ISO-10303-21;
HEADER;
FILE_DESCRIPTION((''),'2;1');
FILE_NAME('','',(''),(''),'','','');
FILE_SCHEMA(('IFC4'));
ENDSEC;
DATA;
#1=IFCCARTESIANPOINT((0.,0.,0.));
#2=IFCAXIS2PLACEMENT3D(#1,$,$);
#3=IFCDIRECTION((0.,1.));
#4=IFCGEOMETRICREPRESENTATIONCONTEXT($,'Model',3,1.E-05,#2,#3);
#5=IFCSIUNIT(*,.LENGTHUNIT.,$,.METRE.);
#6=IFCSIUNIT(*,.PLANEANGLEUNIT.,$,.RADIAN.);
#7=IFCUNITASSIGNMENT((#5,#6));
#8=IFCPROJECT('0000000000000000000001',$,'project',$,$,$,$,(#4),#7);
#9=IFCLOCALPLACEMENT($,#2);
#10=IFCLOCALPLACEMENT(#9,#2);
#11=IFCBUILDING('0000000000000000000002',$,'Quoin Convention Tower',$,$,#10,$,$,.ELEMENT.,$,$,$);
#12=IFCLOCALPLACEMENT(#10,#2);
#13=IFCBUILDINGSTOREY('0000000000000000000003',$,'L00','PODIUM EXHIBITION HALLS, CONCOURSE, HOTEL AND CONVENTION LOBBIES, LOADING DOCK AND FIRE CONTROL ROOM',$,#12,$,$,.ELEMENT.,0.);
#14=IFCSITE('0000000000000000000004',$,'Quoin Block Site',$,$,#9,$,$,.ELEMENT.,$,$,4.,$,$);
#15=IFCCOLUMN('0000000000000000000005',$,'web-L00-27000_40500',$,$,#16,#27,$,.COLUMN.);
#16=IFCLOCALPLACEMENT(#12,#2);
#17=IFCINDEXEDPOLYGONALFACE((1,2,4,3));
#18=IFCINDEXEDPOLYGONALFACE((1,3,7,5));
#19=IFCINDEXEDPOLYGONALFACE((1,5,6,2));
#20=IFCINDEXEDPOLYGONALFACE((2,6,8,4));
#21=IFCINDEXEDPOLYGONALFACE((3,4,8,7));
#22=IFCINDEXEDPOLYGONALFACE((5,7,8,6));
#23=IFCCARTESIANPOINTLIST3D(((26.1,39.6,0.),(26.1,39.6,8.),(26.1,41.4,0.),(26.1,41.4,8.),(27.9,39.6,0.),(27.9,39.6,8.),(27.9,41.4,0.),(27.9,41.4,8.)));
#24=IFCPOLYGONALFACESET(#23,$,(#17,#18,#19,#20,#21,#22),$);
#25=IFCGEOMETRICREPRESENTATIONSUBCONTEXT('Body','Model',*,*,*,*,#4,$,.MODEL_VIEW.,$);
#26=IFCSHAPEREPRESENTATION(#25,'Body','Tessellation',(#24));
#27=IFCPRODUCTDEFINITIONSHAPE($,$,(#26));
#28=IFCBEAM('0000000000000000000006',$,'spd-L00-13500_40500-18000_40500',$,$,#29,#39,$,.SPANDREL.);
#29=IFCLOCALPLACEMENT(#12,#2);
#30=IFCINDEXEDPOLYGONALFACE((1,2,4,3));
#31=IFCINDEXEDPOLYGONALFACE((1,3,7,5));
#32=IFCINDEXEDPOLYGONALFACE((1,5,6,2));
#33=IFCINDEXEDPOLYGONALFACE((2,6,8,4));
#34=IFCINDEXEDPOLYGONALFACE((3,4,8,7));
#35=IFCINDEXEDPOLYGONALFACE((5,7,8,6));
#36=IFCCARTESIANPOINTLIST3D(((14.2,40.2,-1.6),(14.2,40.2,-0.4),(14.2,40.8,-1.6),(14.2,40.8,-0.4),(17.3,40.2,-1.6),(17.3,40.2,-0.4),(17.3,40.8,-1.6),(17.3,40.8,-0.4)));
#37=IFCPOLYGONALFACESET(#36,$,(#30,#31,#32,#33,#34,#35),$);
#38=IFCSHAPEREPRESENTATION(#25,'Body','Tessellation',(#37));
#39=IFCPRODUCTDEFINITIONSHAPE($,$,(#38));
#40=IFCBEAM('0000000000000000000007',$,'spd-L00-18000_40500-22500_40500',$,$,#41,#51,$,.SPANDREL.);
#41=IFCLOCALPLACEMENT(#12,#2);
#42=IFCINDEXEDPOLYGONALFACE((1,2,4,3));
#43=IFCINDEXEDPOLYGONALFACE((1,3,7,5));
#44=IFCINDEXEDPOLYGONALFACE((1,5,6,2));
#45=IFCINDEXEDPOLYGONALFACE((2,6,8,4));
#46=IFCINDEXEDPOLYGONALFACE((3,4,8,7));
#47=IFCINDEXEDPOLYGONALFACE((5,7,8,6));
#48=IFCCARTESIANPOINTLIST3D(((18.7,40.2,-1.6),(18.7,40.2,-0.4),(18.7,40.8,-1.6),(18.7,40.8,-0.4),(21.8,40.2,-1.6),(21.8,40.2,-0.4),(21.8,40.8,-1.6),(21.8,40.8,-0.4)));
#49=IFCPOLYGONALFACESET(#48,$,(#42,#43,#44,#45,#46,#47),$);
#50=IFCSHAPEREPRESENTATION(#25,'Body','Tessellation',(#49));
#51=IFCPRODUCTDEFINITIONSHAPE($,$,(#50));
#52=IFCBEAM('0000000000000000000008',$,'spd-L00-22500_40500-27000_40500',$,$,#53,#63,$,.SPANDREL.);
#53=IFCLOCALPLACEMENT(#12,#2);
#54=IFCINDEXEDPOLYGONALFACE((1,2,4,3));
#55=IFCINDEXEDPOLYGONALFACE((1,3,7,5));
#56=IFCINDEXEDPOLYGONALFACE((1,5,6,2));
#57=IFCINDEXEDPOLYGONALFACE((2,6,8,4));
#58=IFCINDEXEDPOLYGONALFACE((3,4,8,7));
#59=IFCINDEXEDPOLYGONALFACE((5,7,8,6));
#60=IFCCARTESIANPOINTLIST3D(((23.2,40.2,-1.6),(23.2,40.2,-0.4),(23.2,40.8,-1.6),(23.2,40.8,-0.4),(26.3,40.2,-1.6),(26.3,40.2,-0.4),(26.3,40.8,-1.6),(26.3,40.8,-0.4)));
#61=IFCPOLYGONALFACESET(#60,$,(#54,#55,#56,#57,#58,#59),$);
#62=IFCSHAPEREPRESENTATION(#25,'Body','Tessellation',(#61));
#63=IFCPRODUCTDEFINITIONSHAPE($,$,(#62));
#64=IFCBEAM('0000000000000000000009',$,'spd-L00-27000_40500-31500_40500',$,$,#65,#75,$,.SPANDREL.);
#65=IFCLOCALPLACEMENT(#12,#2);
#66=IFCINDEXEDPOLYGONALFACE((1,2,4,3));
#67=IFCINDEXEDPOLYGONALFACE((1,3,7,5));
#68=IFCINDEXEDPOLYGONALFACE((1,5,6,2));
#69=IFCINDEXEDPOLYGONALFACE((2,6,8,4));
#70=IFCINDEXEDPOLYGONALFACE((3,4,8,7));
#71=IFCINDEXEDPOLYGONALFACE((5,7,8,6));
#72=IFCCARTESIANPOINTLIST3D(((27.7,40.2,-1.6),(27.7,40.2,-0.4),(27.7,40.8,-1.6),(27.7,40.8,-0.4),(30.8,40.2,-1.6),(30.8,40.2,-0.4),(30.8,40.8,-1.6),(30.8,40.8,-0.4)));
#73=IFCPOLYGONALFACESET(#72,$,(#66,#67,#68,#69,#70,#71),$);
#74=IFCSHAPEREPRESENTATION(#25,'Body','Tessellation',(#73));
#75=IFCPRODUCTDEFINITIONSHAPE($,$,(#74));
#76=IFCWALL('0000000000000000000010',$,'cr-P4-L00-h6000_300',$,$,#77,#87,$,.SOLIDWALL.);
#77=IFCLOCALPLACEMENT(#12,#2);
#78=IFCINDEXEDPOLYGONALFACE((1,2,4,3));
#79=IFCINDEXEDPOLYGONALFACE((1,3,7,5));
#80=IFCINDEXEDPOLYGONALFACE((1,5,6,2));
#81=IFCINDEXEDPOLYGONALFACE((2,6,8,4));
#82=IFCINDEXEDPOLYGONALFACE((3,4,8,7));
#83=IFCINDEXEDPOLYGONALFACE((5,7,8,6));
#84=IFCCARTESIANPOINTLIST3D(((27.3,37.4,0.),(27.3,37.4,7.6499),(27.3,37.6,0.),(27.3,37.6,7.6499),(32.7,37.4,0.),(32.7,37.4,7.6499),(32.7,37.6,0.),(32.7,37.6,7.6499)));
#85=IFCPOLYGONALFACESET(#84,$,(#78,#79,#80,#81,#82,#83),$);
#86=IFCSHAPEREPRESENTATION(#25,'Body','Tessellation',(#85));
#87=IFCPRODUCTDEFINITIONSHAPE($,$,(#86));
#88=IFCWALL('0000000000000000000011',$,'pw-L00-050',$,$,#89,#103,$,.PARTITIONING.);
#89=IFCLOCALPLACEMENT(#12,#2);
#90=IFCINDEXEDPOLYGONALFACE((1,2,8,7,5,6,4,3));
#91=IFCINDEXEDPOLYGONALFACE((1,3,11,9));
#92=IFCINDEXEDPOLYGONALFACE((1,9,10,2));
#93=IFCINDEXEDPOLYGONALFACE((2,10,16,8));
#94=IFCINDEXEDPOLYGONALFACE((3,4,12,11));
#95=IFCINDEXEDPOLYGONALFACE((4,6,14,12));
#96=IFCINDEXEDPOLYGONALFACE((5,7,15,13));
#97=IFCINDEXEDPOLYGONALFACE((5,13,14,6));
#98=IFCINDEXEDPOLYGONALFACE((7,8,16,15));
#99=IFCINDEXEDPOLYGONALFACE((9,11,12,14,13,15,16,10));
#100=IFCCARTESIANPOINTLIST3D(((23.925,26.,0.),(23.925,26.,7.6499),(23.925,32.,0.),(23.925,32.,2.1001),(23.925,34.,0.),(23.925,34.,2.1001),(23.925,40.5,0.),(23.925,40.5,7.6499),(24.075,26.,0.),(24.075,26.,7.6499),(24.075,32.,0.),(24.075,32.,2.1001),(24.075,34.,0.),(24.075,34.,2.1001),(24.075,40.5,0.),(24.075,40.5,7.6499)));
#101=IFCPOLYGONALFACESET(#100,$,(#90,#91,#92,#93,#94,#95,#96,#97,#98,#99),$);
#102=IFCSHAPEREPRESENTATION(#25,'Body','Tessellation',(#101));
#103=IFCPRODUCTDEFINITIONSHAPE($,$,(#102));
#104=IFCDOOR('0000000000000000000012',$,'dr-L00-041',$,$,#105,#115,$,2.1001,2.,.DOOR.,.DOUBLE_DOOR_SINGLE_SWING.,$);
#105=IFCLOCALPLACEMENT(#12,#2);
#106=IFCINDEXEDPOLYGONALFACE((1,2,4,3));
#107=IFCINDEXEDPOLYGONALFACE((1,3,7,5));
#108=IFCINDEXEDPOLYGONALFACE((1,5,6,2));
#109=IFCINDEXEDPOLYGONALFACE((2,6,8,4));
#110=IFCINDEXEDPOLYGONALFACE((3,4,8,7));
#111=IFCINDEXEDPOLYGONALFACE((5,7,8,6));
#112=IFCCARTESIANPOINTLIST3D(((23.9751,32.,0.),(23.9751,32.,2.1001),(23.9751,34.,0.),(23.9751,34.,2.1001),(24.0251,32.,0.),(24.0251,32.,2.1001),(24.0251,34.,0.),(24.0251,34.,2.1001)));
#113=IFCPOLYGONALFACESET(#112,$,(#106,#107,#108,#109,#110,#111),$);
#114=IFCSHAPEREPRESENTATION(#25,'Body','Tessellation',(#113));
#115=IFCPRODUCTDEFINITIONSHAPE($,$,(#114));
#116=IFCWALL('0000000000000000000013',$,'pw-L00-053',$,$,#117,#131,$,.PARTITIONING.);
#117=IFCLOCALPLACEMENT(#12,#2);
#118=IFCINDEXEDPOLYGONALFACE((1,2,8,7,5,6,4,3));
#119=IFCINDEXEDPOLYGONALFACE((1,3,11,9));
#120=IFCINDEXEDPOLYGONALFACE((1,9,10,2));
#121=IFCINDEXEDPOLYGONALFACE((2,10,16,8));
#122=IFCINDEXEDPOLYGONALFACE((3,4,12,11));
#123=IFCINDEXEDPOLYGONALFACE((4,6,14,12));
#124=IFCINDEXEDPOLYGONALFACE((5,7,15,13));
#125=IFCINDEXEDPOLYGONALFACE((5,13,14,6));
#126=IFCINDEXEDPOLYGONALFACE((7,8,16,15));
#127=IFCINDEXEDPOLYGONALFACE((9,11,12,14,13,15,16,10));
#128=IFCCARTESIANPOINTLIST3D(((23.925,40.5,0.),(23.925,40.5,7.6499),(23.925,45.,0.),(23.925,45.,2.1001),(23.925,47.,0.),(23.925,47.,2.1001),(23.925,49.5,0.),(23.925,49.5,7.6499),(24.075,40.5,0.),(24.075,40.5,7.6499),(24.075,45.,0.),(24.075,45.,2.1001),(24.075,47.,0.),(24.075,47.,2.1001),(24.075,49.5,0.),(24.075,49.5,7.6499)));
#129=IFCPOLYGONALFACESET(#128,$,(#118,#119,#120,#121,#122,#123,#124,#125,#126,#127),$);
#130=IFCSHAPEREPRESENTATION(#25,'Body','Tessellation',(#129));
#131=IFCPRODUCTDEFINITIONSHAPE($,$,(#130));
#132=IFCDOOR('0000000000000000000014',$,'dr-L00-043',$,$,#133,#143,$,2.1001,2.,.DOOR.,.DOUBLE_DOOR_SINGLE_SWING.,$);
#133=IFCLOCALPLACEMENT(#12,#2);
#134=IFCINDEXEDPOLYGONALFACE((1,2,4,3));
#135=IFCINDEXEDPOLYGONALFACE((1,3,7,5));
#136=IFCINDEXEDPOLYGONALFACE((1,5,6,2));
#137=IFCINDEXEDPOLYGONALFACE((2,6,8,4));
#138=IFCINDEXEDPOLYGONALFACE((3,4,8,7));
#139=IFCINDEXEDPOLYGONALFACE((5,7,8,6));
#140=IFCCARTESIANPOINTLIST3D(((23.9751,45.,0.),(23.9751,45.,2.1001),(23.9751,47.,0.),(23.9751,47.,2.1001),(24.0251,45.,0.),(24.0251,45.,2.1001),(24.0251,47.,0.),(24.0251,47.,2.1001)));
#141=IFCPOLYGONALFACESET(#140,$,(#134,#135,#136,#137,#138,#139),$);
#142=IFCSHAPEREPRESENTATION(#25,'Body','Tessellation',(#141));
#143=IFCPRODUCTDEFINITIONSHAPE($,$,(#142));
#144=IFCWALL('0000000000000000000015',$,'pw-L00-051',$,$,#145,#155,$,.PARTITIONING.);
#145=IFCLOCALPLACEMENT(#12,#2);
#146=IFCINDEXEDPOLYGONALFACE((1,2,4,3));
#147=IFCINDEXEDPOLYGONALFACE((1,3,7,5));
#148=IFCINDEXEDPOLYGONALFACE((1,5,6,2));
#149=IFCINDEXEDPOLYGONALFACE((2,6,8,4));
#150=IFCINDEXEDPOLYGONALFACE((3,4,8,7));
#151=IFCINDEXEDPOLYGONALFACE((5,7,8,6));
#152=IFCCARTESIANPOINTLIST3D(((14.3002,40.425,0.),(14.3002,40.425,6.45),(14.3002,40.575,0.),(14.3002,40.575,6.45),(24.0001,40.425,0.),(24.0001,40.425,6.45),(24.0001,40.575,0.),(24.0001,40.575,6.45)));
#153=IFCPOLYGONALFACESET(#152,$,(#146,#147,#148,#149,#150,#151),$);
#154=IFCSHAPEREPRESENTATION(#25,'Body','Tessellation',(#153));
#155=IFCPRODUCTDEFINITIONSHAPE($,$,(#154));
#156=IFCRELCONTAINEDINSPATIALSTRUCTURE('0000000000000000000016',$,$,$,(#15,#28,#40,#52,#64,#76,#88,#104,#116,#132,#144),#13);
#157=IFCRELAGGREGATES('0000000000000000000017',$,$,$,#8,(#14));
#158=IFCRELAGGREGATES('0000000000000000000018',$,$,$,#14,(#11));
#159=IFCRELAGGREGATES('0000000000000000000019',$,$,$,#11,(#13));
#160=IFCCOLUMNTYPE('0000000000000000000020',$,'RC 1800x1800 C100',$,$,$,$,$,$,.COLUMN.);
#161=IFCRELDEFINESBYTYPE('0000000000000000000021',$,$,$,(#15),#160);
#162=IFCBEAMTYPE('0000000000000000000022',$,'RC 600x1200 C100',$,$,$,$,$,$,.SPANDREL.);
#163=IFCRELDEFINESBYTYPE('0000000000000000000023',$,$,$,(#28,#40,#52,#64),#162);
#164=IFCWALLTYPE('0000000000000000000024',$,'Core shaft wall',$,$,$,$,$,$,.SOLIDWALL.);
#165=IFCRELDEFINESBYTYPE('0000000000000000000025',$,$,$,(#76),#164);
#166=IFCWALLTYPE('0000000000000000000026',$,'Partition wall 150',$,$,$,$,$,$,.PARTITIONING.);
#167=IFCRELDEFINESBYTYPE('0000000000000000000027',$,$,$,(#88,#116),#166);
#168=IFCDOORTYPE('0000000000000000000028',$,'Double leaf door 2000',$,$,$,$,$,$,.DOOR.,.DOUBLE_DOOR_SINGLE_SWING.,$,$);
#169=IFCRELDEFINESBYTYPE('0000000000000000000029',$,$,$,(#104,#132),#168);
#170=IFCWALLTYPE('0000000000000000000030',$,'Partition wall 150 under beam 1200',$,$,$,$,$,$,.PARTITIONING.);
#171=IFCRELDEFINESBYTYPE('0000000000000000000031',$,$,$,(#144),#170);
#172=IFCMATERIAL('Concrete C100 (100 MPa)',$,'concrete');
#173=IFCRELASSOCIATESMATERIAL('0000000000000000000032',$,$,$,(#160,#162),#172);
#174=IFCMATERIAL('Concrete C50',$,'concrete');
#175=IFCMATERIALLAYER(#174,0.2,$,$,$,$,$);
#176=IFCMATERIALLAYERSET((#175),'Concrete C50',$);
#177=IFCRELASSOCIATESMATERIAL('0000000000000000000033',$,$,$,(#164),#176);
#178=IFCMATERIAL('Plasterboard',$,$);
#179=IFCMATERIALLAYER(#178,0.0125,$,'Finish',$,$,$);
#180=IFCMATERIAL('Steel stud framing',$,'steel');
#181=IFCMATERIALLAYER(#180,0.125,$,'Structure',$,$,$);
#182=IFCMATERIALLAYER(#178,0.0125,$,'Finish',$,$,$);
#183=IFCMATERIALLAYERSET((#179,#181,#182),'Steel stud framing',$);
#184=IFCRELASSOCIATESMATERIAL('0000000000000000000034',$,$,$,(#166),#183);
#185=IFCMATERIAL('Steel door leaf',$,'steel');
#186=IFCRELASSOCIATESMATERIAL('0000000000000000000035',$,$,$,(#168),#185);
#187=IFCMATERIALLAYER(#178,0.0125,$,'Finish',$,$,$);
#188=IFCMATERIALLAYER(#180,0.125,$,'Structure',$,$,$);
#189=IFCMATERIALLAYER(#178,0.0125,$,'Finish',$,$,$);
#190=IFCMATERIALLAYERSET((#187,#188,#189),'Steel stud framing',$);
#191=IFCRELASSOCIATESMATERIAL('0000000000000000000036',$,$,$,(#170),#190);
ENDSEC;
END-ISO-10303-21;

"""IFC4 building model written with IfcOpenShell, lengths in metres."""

from ifc_helpers import new_model, si_unit, direction, frame, frame_2d, origin, origin_2d, place, context, subcontext, project, spatial, rectangle, extrude, material, layer, layer_set, material_profile, profile_set, type_object, element, fill, save


model = new_model("IFC4")

# Units and contexts
model_context = context("Model", 3, precision=1e-05, world=origin(), true_north=direction((0.0, 1.0)))
body_context = subcontext(model_context, "Body", "Model", "MODEL_VIEW")
ifc_project = project(units=[si_unit("LENGTHUNIT", "METRE"), si_unit("PLANEANGLEUNIT", "RADIAN")], contexts=[model_context])

# Site, building, storey
site_placement = place(None, origin())
site = spatial("IfcSite", under=ifc_project, at=site_placement, Name="Quoin Block Site", CompositionType="ELEMENT", RefElevation=4.0)
building_placement = place(site_placement, origin())
building = spatial("IfcBuilding", under=site, at=building_placement, Name="Quoin Convention Tower", CompositionType="ELEMENT")
storey_placement = place(building_placement, origin())
storey = spatial("IfcBuildingStorey", under=building, at=storey_placement, Name="L00", Description="PODIUM EXHIBITION HALLS, CONCOURSE, HOTEL AND CONVENTION LOBBIES, LOADING DOCK AND FIRE CONTROL ROOM", CompositionType="ELEMENT", Elevation=0.0)

# Column
ifc_material_1 = material(Name="Concrete C100 (100 MPa)", Category="concrete")
ifc_material_profile_1 = material_profile(ifc_material_1, rectangle(XDim=1.8, YDim=1.8, at=origin_2d()), Name="RC 1800x1800")
ifc_profile_set_1 = profile_set([ifc_material_profile_1], Name="Concrete C100 (100 MPa)")
column_type = type_object("IfcColumnType", Name="RC 1800x1800 C100", PredefinedType="COLUMN", material=ifc_profile_set_1)
column_placement = place(storey_placement, frame((27.0, 40.5, 0.0), z_axis=(0.0, 0.0, 1.0), x_axis=(1.0, 0.0, 0.0)))
element("IfcColumn", 1, at=column_placement, inside=storey, type_object=column_type, Name="web-L00-27000_40500", PredefinedType="COLUMN", context=body_context, shape_type="SweptSolid", body=[
    extrude(rectangle(XDim=1.8, YDim=1.8, at=origin_2d()), origin(), (0.0, 0.0, 1.0), 8.0),
])

# Beams
ifc_material_profile_2 = material_profile(ifc_material_1, rectangle(XDim=0.6001, YDim=1.2, at=origin_2d()), Name="RC 600x1200")
ifc_profile_set_2 = profile_set([ifc_material_profile_2], Name="Concrete C100 (100 MPa)")
beam_type = type_object("IfcBeamType", Name="RC 600x1200 C100", PredefinedType="SPANDREL", material=ifc_profile_set_2)
for number, where, z_axis, x_axis, name in (
    (2, (14.2, 40.5, -1.0), (1.0, 0.0, 0.0), (0.0, 1.0, 0.0), "spd-L00-13500_40500-18000_40500"),
    (3, (18.7, 40.5, -1.0), (1.0, 0.0, 0.0), (0.0, 1.0, 0.0), "spd-L00-18000_40500-22500_40500"),
    (4, (23.2, 40.5, -1.0), (1.0, 0.0, 0.0), (0.0, 1.0, 0.0), "spd-L00-22500_40500-27000_40500"),
    (5, (27.7, 40.5, -1.0), (1.0, 0.0, 0.0), (0.0, 1.0, 0.0), "spd-L00-27000_40500-31500_40500"),
):
    element("IfcBeam", number, at=place(storey_placement, frame(where, z_axis=z_axis, x_axis=x_axis)), inside=storey, type_object=beam_type, Name=name, PredefinedType="SPANDREL", context=body_context, shape_type="SweptSolid", body=[
        extrude(rectangle(XDim=0.6001, YDim=1.2, at=origin_2d()), origin(), (0.0, 0.0, 1.0), 3.1001),
    ])

# Wall
ifc_material_2 = material(Name="Concrete C50", Category="concrete")
ifc_layer_1 = layer(ifc_material_2, 0.2)
ifc_layer_set_1 = layer_set([ifc_layer_1], Name="Concrete C50")
wall_type_1 = type_object("IfcWallType", Name="Core shaft wall", PredefinedType="SOLIDWALL", material=ifc_layer_set_1)
wall_1_placement = place(storey_placement, frame((27.3, 37.5, 0.0), z_axis=(0.0, 0.0, 1.0), x_axis=(1.0, 0.0, 0.0)))
element("IfcWall", 6, at=wall_1_placement, inside=storey, type_object=wall_type_1, Name="cr-P4-L00-h6000_300", PredefinedType="SOLIDWALL", context=body_context, shape_type="SweptSolid", body=[
    extrude(rectangle(XDim=5.3999, YDim=0.2, at=frame_2d((2.7, 0.0))), origin(), (0.0, 0.0, 1.0), 7.6499),
])

# Walls, openings, doors
ifc_material_3 = material(Name="Plasterboard")
ifc_layer_2 = layer(ifc_material_3, 0.0125, Name="Finish")
ifc_material_4 = material(Name="Steel stud framing", Category="steel")
ifc_layer_3 = layer(ifc_material_4, 0.125, Name="Structure")
ifc_layer_4 = layer(ifc_material_3, 0.0125, Name="Finish")
ifc_layer_set_2 = layer_set([ifc_layer_2, ifc_layer_3, ifc_layer_4], Name="Steel stud framing")
wall_type_2 = type_object("IfcWallType", Name="Partition wall 150", PredefinedType="PARTITIONING", material=ifc_layer_set_2)
wall_2_placement = place(storey_placement, frame((24.0, 26.0, 0.0), z_axis=(0.0, 0.0, 1.0), x_axis=(0.0, 1.0, 0.0)))
wall_2 = element("IfcWall", 7, at=wall_2_placement, inside=storey, type_object=wall_type_2, Name="pw-L00-050", PredefinedType="PARTITIONING", context=body_context, shape_type="SweptSolid", body=[
    extrude(rectangle(XDim=14.5, YDim=0.1499, at=frame_2d((7.25, 0.0))), origin(), (0.0, 0.0, 1.0), 7.6499),
])
opening_1_placement = place(wall_2_placement, frame((6.0, 0.0, 0.0)))
opening_1 = element("IfcOpeningElement", 8, at=opening_1_placement, cuts=wall_2, PredefinedType="OPENING", context=body_context, shape_type="SweptSolid", body=[
    extrude(rectangle(XDim=2.0, YDim=2.1001, at=frame_2d((1.0, 1.05))), frame((0.0, 0.085, 0.0), z_axis=(0.0, -1.0, 0.0), x_axis=(1.0, 0.0, 0.0)), (0.0, 0.0, 1.0), 0.1699),
])
ifc_material_5 = material(Name="Steel door leaf", Category="steel")
door_type_1 = type_object("IfcDoorType", Name="Double leaf door 2000", OperationType="DOUBLE_DOOR_SINGLE_SWING", PredefinedType="DOOR", material=ifc_material_5)
door_1_placement = place(opening_1_placement, origin())
door_1 = element("IfcDoor", 9, at=door_1_placement, inside=storey, type_object=door_type_1, Name="dr-L00-041", OperationType="DOUBLE_DOOR_SINGLE_SWING", OverallHeight=2.1001, OverallWidth=2.0, PredefinedType="DOOR", context=body_context, shape_type="SweptSolid", body=[
    extrude(rectangle(XDim=2.0, YDim=2.1001, at=frame_2d((1.0, 1.05))), frame((0.0, 0.0249, 0.0), z_axis=(0.0, -1.0, 0.0), x_axis=(1.0, 0.0, 0.0)), (0.0, 0.0, 1.0), 0.05),
])
fill(opening_1, door_1)
wall_3_placement = place(storey_placement, frame((24.0, 40.5, 0.0), z_axis=(0.0, 0.0, 1.0), x_axis=(0.0, 1.0, 0.0)))
wall_3 = element("IfcWall", 10, at=wall_3_placement, inside=storey, type_object=wall_type_2, Name="pw-L00-053", PredefinedType="PARTITIONING", context=body_context, shape_type="SweptSolid", body=[
    extrude(rectangle(XDim=9.0, YDim=0.1499, at=frame_2d((4.5, 0.0))), origin(), (0.0, 0.0, 1.0), 7.6499),
])
opening_2_placement = place(wall_3_placement, frame((4.5, 0.0, 0.0)))
opening_2 = element("IfcOpeningElement", 11, at=opening_2_placement, cuts=wall_3, PredefinedType="OPENING", context=body_context, shape_type="SweptSolid", body=[
    extrude(rectangle(XDim=2.0, YDim=2.1001, at=frame_2d((1.0, 1.05))), frame((0.0, 0.085, 0.0), z_axis=(0.0, -1.0, 0.0), x_axis=(1.0, 0.0, 0.0)), (0.0, 0.0, 1.0), 0.1699),
])
door_2_placement = place(opening_2_placement, origin())
door_2 = element("IfcDoor", 12, at=door_2_placement, inside=storey, type_object=door_type_1, Name="dr-L00-043", OperationType="DOUBLE_DOOR_SINGLE_SWING", OverallHeight=2.1001, OverallWidth=2.0, PredefinedType="DOOR", context=body_context, shape_type="SweptSolid", body=[
    extrude(rectangle(XDim=2.0, YDim=2.1001, at=frame_2d((1.0, 1.05))), frame((0.0, 0.0249, 0.0), z_axis=(0.0, -1.0, 0.0), x_axis=(1.0, 0.0, 0.0)), (0.0, 0.0, 1.0), 0.05),
])
fill(opening_2, door_2)

# Wall
ifc_layer_5 = layer(ifc_material_3, 0.0125, Name="Finish")
ifc_layer_6 = layer(ifc_material_4, 0.125, Name="Structure")
ifc_layer_7 = layer(ifc_material_3, 0.0125, Name="Finish")
ifc_layer_set_3 = layer_set([ifc_layer_5, ifc_layer_6, ifc_layer_7], Name="Steel stud framing")
wall_type_3 = type_object("IfcWallType", Name="Partition wall 150 under beam 1200", PredefinedType="PARTITIONING", material=ifc_layer_set_3)
wall_4_placement = place(storey_placement, frame((14.3, 40.5, 0.0), z_axis=(0.0, 0.0, 1.0), x_axis=(1.0, 0.0, 0.0)))
element("IfcWall", 13, at=wall_4_placement, inside=storey, type_object=wall_type_3, Name="pw-L00-051", PredefinedType="PARTITIONING", context=body_context, shape_type="SweptSolid", body=[
    extrude(rectangle(XDim=9.7, YDim=0.1499, at=frame_2d((4.8501, 0.0))), origin(), (0.0, 0.0, 1.0), 6.45),
])

save(model, "model.ifc")
